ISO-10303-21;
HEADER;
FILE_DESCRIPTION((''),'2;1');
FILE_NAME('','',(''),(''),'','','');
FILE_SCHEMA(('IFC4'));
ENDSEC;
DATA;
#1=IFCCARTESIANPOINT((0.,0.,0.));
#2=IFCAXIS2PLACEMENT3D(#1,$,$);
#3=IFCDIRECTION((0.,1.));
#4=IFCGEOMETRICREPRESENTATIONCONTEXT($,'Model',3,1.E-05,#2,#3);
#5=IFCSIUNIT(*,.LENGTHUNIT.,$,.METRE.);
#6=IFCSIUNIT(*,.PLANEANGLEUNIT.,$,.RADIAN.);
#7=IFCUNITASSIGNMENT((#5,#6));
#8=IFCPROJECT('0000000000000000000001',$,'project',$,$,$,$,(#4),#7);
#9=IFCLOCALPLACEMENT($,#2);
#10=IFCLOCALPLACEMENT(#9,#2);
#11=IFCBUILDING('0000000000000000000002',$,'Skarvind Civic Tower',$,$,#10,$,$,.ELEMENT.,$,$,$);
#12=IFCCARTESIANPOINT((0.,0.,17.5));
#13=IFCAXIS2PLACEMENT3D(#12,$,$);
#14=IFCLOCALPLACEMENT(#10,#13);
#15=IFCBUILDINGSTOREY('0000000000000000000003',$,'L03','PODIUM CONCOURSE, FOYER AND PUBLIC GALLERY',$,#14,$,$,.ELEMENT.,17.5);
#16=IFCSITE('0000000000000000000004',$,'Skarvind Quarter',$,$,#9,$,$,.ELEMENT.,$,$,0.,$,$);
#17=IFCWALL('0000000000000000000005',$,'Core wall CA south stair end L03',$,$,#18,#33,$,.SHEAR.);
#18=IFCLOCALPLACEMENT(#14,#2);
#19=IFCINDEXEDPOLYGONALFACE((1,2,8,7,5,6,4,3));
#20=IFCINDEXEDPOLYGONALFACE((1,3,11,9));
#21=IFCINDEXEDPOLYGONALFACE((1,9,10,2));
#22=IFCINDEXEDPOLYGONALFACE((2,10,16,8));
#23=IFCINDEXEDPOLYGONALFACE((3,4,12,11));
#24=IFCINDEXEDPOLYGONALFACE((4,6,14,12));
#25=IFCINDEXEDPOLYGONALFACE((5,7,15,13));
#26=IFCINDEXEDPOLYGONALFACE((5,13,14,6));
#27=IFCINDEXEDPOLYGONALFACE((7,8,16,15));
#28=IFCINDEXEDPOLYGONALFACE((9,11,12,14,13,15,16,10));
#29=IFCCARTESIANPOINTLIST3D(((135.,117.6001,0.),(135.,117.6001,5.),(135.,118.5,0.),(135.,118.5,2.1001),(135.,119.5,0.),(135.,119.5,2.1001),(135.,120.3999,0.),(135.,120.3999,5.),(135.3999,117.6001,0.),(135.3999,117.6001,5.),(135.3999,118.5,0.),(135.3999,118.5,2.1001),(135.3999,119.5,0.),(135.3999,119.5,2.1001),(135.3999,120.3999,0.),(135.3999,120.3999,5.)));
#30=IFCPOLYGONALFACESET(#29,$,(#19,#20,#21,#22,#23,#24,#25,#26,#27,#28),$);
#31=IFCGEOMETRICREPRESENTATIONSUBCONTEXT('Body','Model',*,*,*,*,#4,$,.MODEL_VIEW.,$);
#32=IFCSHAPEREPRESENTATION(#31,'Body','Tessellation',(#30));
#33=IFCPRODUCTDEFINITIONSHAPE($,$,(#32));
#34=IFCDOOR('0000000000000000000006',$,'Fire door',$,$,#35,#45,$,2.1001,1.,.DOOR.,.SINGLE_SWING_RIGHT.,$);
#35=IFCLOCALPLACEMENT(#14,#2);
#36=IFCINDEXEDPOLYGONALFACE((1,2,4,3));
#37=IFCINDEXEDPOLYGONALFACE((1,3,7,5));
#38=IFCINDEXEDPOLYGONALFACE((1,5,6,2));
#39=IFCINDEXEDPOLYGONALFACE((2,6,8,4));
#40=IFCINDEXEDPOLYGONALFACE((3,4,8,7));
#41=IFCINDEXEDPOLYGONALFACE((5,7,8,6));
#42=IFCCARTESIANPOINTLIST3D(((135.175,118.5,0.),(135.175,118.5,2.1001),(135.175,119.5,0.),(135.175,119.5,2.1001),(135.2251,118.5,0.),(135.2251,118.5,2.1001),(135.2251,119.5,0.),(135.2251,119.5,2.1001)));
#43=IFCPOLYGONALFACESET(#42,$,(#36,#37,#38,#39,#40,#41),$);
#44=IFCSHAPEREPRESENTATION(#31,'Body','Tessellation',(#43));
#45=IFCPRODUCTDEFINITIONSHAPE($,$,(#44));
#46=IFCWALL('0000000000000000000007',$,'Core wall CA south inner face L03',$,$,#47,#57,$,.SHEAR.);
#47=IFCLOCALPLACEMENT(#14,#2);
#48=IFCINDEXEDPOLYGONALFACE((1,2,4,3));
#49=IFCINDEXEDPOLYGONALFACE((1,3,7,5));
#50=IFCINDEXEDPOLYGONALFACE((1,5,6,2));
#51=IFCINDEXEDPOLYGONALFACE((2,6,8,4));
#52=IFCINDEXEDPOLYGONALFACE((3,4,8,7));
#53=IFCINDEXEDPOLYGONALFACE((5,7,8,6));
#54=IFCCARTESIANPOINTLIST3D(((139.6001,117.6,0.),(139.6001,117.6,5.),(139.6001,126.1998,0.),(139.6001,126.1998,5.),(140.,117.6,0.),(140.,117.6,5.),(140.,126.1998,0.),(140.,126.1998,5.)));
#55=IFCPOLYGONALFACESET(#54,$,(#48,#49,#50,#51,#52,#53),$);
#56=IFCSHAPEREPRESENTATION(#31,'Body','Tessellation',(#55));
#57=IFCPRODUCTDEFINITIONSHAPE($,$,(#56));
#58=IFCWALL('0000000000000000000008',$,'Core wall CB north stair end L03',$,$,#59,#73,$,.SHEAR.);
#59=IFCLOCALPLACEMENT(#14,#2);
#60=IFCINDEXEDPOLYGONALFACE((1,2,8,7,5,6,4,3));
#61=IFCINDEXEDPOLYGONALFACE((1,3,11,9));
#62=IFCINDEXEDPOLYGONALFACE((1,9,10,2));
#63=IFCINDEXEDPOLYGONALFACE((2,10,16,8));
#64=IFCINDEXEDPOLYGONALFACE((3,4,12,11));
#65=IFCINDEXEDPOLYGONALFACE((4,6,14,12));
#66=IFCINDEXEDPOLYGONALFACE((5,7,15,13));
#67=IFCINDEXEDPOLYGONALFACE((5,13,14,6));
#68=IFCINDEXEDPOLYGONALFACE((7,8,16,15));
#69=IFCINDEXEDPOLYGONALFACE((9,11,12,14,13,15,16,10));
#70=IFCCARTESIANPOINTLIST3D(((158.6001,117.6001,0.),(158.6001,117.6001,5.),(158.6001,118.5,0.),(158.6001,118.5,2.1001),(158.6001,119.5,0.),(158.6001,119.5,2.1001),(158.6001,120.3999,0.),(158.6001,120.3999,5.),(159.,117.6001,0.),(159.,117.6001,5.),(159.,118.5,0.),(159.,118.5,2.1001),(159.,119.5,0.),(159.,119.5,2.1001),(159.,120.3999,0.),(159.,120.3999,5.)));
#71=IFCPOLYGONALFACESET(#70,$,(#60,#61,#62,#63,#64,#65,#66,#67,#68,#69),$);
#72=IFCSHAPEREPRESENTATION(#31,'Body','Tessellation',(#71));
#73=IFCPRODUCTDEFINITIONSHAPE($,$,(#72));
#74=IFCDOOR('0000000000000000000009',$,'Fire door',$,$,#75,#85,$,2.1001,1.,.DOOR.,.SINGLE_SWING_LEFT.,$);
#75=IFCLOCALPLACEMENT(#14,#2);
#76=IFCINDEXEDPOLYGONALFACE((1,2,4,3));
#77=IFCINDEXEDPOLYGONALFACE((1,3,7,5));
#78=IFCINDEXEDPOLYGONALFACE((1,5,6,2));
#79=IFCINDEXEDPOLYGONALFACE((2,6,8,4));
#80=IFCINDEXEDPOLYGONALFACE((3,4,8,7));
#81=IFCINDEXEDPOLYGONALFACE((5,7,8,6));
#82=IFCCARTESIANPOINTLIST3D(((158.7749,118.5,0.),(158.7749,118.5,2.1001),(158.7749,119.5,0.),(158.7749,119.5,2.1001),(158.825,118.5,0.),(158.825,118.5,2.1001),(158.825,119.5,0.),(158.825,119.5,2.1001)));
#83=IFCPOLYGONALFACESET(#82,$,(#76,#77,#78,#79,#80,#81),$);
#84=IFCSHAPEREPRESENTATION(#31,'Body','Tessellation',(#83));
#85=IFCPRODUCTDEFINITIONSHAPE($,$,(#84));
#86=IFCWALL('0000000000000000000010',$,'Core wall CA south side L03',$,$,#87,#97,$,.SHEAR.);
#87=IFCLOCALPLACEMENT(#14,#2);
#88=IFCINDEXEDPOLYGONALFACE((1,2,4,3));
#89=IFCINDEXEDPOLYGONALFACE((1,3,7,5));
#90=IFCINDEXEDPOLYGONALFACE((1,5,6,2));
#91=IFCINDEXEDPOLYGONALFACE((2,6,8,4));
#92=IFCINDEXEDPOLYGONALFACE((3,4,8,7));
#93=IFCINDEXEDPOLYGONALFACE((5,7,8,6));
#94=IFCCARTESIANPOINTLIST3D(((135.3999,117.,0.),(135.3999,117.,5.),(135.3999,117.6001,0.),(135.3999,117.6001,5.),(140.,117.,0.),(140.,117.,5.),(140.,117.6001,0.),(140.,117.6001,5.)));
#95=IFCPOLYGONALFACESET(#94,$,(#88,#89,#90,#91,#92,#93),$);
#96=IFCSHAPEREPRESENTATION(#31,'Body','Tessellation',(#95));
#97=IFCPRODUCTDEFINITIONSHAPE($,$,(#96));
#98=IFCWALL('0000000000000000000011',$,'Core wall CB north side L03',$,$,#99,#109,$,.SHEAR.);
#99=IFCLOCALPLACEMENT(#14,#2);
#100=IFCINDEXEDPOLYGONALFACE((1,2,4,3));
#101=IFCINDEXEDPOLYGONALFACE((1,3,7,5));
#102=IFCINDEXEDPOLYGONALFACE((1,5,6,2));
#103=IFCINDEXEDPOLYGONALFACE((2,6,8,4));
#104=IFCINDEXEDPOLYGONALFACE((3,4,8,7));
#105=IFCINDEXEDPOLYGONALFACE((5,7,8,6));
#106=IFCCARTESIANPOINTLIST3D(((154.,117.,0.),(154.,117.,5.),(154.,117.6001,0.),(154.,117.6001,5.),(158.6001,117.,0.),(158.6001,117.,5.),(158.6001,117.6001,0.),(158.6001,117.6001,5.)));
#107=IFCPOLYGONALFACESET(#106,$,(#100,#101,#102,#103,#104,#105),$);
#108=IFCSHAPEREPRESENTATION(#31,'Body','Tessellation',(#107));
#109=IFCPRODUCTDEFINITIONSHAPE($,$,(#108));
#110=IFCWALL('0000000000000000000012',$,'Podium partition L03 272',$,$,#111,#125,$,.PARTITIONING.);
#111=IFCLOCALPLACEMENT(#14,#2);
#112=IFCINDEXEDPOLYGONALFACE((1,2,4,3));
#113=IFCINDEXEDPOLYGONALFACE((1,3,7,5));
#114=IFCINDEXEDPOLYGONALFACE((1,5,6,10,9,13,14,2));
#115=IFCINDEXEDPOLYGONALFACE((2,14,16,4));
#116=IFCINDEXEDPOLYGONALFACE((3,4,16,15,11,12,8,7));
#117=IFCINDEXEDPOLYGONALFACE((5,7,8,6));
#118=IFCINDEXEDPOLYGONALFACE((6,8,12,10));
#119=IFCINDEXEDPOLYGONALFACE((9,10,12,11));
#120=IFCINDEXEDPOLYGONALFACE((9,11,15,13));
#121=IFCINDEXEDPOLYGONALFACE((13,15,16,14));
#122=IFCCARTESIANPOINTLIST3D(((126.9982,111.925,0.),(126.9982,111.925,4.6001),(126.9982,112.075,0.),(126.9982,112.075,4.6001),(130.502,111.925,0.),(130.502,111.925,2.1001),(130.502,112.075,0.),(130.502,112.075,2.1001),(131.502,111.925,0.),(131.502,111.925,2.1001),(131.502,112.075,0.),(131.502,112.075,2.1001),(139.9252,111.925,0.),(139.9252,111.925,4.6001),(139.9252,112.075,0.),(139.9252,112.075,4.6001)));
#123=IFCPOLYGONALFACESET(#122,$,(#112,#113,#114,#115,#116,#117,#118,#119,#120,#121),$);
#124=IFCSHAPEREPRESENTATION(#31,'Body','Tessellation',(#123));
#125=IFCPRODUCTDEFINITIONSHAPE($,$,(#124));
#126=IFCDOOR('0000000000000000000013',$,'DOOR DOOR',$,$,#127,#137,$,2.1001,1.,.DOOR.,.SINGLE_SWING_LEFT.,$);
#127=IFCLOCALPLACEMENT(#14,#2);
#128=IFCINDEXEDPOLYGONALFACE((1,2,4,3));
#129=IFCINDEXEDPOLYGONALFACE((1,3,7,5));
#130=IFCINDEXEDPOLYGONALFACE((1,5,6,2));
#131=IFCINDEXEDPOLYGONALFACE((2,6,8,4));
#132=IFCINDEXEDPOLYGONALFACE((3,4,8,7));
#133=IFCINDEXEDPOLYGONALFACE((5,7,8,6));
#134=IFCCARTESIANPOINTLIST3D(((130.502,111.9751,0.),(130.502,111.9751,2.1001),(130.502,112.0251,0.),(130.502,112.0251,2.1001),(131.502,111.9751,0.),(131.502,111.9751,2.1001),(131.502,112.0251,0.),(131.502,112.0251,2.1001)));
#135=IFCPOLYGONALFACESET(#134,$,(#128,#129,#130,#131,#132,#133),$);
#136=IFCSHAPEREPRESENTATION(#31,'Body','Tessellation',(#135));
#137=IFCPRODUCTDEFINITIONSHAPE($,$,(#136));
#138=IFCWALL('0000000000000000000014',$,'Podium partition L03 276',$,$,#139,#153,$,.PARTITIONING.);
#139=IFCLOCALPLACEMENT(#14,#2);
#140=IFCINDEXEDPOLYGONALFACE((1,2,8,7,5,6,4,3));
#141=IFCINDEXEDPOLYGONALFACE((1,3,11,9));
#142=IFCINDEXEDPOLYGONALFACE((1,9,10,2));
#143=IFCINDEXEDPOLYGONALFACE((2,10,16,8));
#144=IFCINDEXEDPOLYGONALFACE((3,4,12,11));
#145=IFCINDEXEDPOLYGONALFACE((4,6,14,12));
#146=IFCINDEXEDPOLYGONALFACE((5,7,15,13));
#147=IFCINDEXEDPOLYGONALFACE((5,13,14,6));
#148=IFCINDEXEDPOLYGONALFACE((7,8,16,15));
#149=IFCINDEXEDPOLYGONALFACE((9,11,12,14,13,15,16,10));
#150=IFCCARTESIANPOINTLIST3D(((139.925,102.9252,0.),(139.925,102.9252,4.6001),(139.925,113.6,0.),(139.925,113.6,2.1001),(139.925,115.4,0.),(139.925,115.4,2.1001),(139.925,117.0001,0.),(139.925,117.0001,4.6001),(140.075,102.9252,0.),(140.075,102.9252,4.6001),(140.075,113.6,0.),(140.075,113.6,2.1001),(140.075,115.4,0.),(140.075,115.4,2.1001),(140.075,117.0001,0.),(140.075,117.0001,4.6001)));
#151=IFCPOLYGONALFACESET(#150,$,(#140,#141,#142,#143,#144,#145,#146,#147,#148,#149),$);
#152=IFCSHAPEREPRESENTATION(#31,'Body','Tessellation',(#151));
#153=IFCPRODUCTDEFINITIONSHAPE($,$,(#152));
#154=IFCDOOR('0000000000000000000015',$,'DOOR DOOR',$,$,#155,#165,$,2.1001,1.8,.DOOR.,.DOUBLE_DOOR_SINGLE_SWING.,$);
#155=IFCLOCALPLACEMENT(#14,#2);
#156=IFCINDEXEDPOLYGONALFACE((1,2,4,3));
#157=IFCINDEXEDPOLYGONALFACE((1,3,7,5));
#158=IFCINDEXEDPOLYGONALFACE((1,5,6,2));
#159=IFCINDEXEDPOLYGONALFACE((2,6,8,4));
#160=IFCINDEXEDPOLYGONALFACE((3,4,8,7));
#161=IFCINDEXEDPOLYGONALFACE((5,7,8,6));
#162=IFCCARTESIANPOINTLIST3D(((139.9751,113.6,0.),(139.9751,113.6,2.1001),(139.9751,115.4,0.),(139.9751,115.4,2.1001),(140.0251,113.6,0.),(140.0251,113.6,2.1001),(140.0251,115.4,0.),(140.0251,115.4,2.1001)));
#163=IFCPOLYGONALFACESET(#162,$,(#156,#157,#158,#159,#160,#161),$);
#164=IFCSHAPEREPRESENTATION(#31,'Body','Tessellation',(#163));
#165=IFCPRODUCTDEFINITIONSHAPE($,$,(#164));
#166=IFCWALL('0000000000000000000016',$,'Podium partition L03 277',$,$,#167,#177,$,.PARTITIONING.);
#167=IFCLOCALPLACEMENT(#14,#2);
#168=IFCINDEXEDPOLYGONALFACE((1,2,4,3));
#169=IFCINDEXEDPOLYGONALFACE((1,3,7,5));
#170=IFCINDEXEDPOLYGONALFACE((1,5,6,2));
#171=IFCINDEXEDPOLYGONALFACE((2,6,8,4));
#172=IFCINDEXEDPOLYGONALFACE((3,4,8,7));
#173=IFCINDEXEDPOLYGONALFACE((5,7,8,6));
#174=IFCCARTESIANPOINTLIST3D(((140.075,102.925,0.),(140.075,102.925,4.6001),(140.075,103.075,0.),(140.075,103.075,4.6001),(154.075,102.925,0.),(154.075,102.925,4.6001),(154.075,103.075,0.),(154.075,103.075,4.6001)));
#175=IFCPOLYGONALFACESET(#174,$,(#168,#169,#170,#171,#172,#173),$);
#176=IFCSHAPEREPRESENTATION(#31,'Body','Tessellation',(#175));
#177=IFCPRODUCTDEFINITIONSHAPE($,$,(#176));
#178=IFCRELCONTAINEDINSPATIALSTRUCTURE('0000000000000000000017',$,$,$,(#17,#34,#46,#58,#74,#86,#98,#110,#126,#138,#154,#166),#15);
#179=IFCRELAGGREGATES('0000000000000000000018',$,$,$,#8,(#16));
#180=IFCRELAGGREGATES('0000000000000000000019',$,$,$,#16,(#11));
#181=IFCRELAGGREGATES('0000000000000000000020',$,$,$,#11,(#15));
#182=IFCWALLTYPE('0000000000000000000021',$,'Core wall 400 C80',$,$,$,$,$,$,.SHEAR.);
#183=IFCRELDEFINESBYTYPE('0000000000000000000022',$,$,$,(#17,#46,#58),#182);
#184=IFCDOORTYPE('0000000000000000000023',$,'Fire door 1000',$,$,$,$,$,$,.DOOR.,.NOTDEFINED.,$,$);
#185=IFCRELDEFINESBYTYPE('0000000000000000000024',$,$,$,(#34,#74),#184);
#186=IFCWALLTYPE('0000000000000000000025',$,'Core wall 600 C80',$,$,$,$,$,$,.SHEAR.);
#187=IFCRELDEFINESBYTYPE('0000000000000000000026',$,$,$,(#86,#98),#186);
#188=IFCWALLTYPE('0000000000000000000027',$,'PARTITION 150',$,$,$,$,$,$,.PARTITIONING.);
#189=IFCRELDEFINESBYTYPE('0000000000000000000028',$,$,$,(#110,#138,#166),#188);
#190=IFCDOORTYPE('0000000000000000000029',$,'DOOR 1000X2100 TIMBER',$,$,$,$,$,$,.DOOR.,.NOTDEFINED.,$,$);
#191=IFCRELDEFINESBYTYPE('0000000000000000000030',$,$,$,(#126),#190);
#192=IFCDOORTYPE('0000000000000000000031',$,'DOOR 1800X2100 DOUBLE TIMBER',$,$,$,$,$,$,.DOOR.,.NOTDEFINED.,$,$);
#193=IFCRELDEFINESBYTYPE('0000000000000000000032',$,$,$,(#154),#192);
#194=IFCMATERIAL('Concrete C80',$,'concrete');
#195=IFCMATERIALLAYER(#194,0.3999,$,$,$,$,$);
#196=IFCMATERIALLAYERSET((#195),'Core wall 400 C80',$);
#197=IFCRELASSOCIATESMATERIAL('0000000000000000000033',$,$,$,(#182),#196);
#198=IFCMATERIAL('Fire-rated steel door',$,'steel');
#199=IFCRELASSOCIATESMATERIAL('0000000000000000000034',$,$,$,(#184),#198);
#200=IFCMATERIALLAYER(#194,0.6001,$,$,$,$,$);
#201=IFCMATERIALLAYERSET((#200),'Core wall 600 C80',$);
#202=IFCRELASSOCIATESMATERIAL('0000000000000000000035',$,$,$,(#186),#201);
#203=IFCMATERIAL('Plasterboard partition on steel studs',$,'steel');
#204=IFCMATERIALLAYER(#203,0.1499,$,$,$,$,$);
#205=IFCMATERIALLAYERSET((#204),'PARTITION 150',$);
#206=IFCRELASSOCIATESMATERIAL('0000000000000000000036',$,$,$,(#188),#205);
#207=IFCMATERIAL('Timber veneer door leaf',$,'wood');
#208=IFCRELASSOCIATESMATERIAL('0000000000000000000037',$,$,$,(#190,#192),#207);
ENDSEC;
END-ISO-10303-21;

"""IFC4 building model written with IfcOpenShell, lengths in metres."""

from ifc_helpers import new_model, si_unit, direction, frame, frame_2d, origin, place, context, subcontext, project, spatial, rectangle, extrude, material, layer, layer_set, type_object, element, fill, save


model = new_model("IFC4")

# Units and contexts
model_context = context("Model", 3, precision=1e-05, world=origin(), true_north=direction((0.0, 1.0)))
body_context = subcontext(model_context, "Body", "Model", "MODEL_VIEW")
ifc_project = project(units=[si_unit("LENGTHUNIT", "METRE"), si_unit("PLANEANGLEUNIT", "RADIAN")], contexts=[model_context])

# Site, building, storey
site_placement = place(None, origin())
site = spatial("IfcSite", under=ifc_project, at=site_placement, Name="Skarvind Quarter", CompositionType="ELEMENT", RefElevation=0.0)
building_placement = place(site_placement, origin())
building = spatial("IfcBuilding", under=site, at=building_placement, Name="Skarvind Civic Tower", CompositionType="ELEMENT")
storey_placement = place(building_placement, frame((0.0, 0.0, 17.5)))
storey = spatial("IfcBuildingStorey", under=building, at=storey_placement, Name="L03", Description="PODIUM CONCOURSE, FOYER AND PUBLIC GALLERY", CompositionType="ELEMENT", Elevation=17.5)

# Wall, opening, door
ifc_material_1 = material(Name="Fire-rated steel door", Category="steel")
ifc_material_2 = material(Name="Concrete C80", Category="concrete")
ifc_layer_1 = layer(ifc_material_2, 0.3999)
ifc_layer_set_1 = layer_set([ifc_layer_1], Name="Core wall 400 C80")
wall_type_1 = type_object("IfcWallType", Name="Core wall 400 C80", PredefinedType="SHEAR", material=ifc_layer_set_1)
wall_1_placement = place(storey_placement, frame((135.2, 117.6001, 0.0), z_axis=(0.0, 0.0, 1.0), x_axis=(0.0, 1.0, 0.0)))
wall_1 = element("IfcWall", 1, at=wall_1_placement, inside=storey, type_object=wall_type_1, Name="Core wall CA south stair end L03", PredefinedType="SHEAR", context=body_context, shape_type="SweptSolid", body=[
    extrude(rectangle(XDim=2.7998, YDim=0.3999, at=frame_2d((1.3999, 0.0))), origin(), (0.0, 0.0, 1.0), 5.0),
])
opening_1_placement = place(wall_1_placement, frame((0.8999, 0.0, 0.0)))
opening_1 = element("IfcOpeningElement", 2, at=opening_1_placement, cuts=wall_1, PredefinedType="OPENING", context=body_context, shape_type="SweptSolid", body=[
    extrude(rectangle(XDim=1.0, YDim=2.1001, at=frame_2d((0.5, 1.05))), frame((0.0, 0.21, 0.0), z_axis=(0.0, -1.0, 0.0), x_axis=(1.0, 0.0, 0.0)), (0.0, 0.0, 1.0), 0.4199),
])
door_type_1 = type_object("IfcDoorType", Name="Fire door 1000", OperationType="NOTDEFINED", PredefinedType="DOOR", material=ifc_material_1)
door_1_placement = place(opening_1_placement, origin())
door_1 = element("IfcDoor", 3, at=door_1_placement, inside=storey, type_object=door_type_1, Name="Fire door", OperationType="SINGLE_SWING_RIGHT", OverallHeight=2.1001, OverallWidth=1.0, PredefinedType="DOOR", context=body_context, shape_type="SweptSolid", body=[
    extrude(rectangle(XDim=1.0, YDim=2.1001, at=frame_2d((0.5, 1.05))), frame((0.0, 0.0249, 0.0), z_axis=(0.0, -1.0, 0.0), x_axis=(1.0, 0.0, 0.0)), (0.0, 0.0, 1.0), 0.05),
])
fill(opening_1, door_1)

# Wall
wall_2_placement = place(storey_placement, frame((139.8, 117.6001, 0.0), z_axis=(0.0, 0.0, 1.0), x_axis=(0.0, 1.0, 0.0)))
element("IfcWall", 4, at=wall_2_placement, inside=storey, type_object=wall_type_1, Name="Core wall CA south inner face L03", PredefinedType="SHEAR", context=body_context, shape_type="SweptSolid", body=[
    extrude(rectangle(XDim=8.5999, YDim=0.3999, at=frame_2d((4.2998, 0.0))), origin(), (0.0, 0.0, 1.0), 5.0),
])

# Wall, opening, door
wall_3_placement = place(storey_placement, frame((158.8, 120.3999, 0.0), z_axis=(0.0, 0.0, 1.0), x_axis=(0.0, -1.0, 0.0)))
wall_3 = element("IfcWall", 5, at=wall_3_placement, inside=storey, type_object=wall_type_1, Name="Core wall CB north stair end L03", PredefinedType="SHEAR", context=body_context, shape_type="SweptSolid", body=[
    extrude(rectangle(XDim=2.7998, YDim=0.3999, at=frame_2d((1.3999, 0.0))), origin(), (0.0, 0.0, 1.0), 5.0),
])
opening_2_placement = place(wall_3_placement, frame((0.8999, 0.0, 0.0)))
opening_2 = element("IfcOpeningElement", 6, at=opening_2_placement, cuts=wall_3, PredefinedType="OPENING", context=body_context, shape_type="SweptSolid", body=[
    extrude(rectangle(XDim=1.0, YDim=2.1001, at=frame_2d((0.5, 1.05))), frame((0.0, 0.21, 0.0), z_axis=(0.0, -1.0, 0.0), x_axis=(1.0, 0.0, 0.0)), (0.0, 0.0, 1.0), 0.4199),
])
door_2_placement = place(opening_2_placement, origin())
door_2 = element("IfcDoor", 7, at=door_2_placement, inside=storey, type_object=door_type_1, Name="Fire door", OperationType="SINGLE_SWING_LEFT", OverallHeight=2.1001, OverallWidth=1.0, PredefinedType="DOOR", context=body_context, shape_type="SweptSolid", body=[
    extrude(rectangle(XDim=1.0, YDim=2.1001, at=frame_2d((0.5, 1.05))), frame((0.0, 0.0249, 0.0), z_axis=(0.0, -1.0, 0.0), x_axis=(1.0, 0.0, 0.0)), (0.0, 0.0, 1.0), 0.05),
])
fill(opening_2, door_2)

# Walls
ifc_layer_2 = layer(ifc_material_2, 0.6001)
ifc_layer_set_2 = layer_set([ifc_layer_2], Name="Core wall 600 C80")
wall_type_2 = type_object("IfcWallType", Name="Core wall 600 C80", PredefinedType="SHEAR", material=ifc_layer_set_2)
for number, where, z_axis, x_axis, name in (
    (8, (135.3999, 117.3, 0.0), (0.0, 0.0, 1.0), (1.0, 0.0, 0.0), "Core wall CA south side L03"),
    (9, (158.6001, 117.3, 0.0), (0.0, 0.0, 1.0), (-1.0, 0.0, 0.0), "Core wall CB north side L03"),
):
    element("IfcWall", number, at=place(storey_placement, frame(where, z_axis=z_axis, x_axis=x_axis)), inside=storey, type_object=wall_type_2, Name=name, PredefinedType="SHEAR", context=body_context, shape_type="SweptSolid", body=[
        extrude(rectangle(XDim=4.6001, YDim=0.6001, at=frame_2d((2.3, 0.0))), origin(), (0.0, 0.0, 1.0), 5.0),
    ])

# Walls, openings, doors
ifc_material_3 = material(Name="Plasterboard partition on steel studs", Category="steel")
ifc_layer_3 = layer(ifc_material_3, 0.1499)
ifc_layer_set_3 = layer_set([ifc_layer_3], Name="PARTITION 150")
wall_type_3 = type_object("IfcWallType", Name="PARTITION 150", PredefinedType="PARTITIONING", material=ifc_layer_set_3)
wall_4_placement = place(storey_placement, frame((139.925, 112.0, 0.0), z_axis=(0.0, 0.0, 1.0), x_axis=(-1.0, 0.0, 0.0)))
wall_4 = element("IfcWall", 10, at=wall_4_placement, inside=storey, type_object=wall_type_3, Name="Podium partition L03 272", PredefinedType="PARTITIONING", context=body_context, shape_type="SweptSolid", body=[
    extrude(rectangle(XDim=12.927, YDim=0.1499, at=frame_2d((6.4634, 0.0))), origin(), (0.0, 0.0, 1.0), 4.6001),
])
opening_3_placement = place(wall_4_placement, frame((8.4231, 0.0, 0.0)))
opening_3 = element("IfcOpeningElement", 11, at=opening_3_placement, cuts=wall_4, PredefinedType="OPENING", context=body_context, shape_type="SweptSolid", body=[
    extrude(rectangle(XDim=1.0, YDim=2.1001, at=frame_2d((0.5, 1.05))), frame((0.0, 0.085, 0.0), z_axis=(0.0, -1.0, 0.0), x_axis=(1.0, 0.0, 0.0)), (0.0, 0.0, 1.0), 0.1699),
])
ifc_material_4 = material(Name="Timber veneer door leaf", Category="wood")
door_type_2 = type_object("IfcDoorType", Name="DOOR 1000X2100 TIMBER", OperationType="NOTDEFINED", PredefinedType="DOOR", material=ifc_material_4)
door_3_placement = place(opening_3_placement, origin())
door_3 = element("IfcDoor", 12, at=door_3_placement, inside=storey, type_object=door_type_2, Name="DOOR DOOR", OperationType="SINGLE_SWING_LEFT", OverallHeight=2.1001, OverallWidth=1.0, PredefinedType="DOOR", context=body_context, shape_type="SweptSolid", body=[
    extrude(rectangle(XDim=1.0, YDim=2.1001, at=frame_2d((0.5, 1.05))), frame((0.0, 0.0249, 0.0), z_axis=(0.0, -1.0, 0.0), x_axis=(1.0, 0.0, 0.0)), (0.0, 0.0, 1.0), 0.05),
])
fill(opening_3, door_3)
wall_5_placement = place(storey_placement, frame((140.0, 102.925, 0.0), z_axis=(0.0, 0.0, 1.0), x_axis=(0.0, 1.0, 0.0)))
wall_5 = element("IfcWall", 13, at=wall_5_placement, inside=storey, type_object=wall_type_3, Name="Podium partition L03 276", PredefinedType="PARTITIONING", context=body_context, shape_type="SweptSolid", body=[
    extrude(rectangle(XDim=14.075, YDim=0.1499, at=frame_2d((7.0376, 0.0))), origin(), (0.0, 0.0, 1.0), 4.6001),
])
opening_4_placement = place(wall_5_placement, frame((10.675, 0.0, 0.0)))
opening_4 = element("IfcOpeningElement", 14, at=opening_4_placement, cuts=wall_5, PredefinedType="OPENING", context=body_context, shape_type="SweptSolid", body=[
    extrude(rectangle(XDim=1.8, YDim=2.1001, at=frame_2d((0.8999, 1.05))), frame((0.0, 0.085, 0.0), z_axis=(0.0, -1.0, 0.0), x_axis=(1.0, 0.0, 0.0)), (0.0, 0.0, 1.0), 0.1699),
])
door_type_3 = type_object("IfcDoorType", Name="DOOR 1800X2100 DOUBLE TIMBER", OperationType="NOTDEFINED", PredefinedType="DOOR", material=ifc_material_4)
door_4_placement = place(opening_4_placement, origin())
door_4 = element("IfcDoor", 15, at=door_4_placement, inside=storey, type_object=door_type_3, Name="DOOR DOOR", OperationType="DOUBLE_DOOR_SINGLE_SWING", OverallHeight=2.1001, OverallWidth=1.8, PredefinedType="DOOR", context=body_context, shape_type="SweptSolid", body=[
    extrude(rectangle(XDim=1.8, YDim=2.1001, at=frame_2d((0.8999, 1.05))), frame((0.0, 0.0249, 0.0), z_axis=(0.0, -1.0, 0.0), x_axis=(1.0, 0.0, 0.0)), (0.0, 0.0, 1.0), 0.05),
])
fill(opening_4, door_4)

# Wall
wall_6_placement = place(storey_placement, frame((140.075, 103.0, 0.0), z_axis=(0.0, 0.0, 1.0), x_axis=(1.0, 0.0, 0.0)))
element("IfcWall", 16, at=wall_6_placement, inside=storey, type_object=wall_type_3, Name="Podium partition L03 277", PredefinedType="PARTITIONING", context=body_context, shape_type="SweptSolid", body=[
    extrude(rectangle(XDim=14.0, YDim=0.1499, at=frame_2d((7.0, 0.0))), origin(), (0.0, 0.0, 1.0), 4.6001),
])

save(model, "model.ifc")
